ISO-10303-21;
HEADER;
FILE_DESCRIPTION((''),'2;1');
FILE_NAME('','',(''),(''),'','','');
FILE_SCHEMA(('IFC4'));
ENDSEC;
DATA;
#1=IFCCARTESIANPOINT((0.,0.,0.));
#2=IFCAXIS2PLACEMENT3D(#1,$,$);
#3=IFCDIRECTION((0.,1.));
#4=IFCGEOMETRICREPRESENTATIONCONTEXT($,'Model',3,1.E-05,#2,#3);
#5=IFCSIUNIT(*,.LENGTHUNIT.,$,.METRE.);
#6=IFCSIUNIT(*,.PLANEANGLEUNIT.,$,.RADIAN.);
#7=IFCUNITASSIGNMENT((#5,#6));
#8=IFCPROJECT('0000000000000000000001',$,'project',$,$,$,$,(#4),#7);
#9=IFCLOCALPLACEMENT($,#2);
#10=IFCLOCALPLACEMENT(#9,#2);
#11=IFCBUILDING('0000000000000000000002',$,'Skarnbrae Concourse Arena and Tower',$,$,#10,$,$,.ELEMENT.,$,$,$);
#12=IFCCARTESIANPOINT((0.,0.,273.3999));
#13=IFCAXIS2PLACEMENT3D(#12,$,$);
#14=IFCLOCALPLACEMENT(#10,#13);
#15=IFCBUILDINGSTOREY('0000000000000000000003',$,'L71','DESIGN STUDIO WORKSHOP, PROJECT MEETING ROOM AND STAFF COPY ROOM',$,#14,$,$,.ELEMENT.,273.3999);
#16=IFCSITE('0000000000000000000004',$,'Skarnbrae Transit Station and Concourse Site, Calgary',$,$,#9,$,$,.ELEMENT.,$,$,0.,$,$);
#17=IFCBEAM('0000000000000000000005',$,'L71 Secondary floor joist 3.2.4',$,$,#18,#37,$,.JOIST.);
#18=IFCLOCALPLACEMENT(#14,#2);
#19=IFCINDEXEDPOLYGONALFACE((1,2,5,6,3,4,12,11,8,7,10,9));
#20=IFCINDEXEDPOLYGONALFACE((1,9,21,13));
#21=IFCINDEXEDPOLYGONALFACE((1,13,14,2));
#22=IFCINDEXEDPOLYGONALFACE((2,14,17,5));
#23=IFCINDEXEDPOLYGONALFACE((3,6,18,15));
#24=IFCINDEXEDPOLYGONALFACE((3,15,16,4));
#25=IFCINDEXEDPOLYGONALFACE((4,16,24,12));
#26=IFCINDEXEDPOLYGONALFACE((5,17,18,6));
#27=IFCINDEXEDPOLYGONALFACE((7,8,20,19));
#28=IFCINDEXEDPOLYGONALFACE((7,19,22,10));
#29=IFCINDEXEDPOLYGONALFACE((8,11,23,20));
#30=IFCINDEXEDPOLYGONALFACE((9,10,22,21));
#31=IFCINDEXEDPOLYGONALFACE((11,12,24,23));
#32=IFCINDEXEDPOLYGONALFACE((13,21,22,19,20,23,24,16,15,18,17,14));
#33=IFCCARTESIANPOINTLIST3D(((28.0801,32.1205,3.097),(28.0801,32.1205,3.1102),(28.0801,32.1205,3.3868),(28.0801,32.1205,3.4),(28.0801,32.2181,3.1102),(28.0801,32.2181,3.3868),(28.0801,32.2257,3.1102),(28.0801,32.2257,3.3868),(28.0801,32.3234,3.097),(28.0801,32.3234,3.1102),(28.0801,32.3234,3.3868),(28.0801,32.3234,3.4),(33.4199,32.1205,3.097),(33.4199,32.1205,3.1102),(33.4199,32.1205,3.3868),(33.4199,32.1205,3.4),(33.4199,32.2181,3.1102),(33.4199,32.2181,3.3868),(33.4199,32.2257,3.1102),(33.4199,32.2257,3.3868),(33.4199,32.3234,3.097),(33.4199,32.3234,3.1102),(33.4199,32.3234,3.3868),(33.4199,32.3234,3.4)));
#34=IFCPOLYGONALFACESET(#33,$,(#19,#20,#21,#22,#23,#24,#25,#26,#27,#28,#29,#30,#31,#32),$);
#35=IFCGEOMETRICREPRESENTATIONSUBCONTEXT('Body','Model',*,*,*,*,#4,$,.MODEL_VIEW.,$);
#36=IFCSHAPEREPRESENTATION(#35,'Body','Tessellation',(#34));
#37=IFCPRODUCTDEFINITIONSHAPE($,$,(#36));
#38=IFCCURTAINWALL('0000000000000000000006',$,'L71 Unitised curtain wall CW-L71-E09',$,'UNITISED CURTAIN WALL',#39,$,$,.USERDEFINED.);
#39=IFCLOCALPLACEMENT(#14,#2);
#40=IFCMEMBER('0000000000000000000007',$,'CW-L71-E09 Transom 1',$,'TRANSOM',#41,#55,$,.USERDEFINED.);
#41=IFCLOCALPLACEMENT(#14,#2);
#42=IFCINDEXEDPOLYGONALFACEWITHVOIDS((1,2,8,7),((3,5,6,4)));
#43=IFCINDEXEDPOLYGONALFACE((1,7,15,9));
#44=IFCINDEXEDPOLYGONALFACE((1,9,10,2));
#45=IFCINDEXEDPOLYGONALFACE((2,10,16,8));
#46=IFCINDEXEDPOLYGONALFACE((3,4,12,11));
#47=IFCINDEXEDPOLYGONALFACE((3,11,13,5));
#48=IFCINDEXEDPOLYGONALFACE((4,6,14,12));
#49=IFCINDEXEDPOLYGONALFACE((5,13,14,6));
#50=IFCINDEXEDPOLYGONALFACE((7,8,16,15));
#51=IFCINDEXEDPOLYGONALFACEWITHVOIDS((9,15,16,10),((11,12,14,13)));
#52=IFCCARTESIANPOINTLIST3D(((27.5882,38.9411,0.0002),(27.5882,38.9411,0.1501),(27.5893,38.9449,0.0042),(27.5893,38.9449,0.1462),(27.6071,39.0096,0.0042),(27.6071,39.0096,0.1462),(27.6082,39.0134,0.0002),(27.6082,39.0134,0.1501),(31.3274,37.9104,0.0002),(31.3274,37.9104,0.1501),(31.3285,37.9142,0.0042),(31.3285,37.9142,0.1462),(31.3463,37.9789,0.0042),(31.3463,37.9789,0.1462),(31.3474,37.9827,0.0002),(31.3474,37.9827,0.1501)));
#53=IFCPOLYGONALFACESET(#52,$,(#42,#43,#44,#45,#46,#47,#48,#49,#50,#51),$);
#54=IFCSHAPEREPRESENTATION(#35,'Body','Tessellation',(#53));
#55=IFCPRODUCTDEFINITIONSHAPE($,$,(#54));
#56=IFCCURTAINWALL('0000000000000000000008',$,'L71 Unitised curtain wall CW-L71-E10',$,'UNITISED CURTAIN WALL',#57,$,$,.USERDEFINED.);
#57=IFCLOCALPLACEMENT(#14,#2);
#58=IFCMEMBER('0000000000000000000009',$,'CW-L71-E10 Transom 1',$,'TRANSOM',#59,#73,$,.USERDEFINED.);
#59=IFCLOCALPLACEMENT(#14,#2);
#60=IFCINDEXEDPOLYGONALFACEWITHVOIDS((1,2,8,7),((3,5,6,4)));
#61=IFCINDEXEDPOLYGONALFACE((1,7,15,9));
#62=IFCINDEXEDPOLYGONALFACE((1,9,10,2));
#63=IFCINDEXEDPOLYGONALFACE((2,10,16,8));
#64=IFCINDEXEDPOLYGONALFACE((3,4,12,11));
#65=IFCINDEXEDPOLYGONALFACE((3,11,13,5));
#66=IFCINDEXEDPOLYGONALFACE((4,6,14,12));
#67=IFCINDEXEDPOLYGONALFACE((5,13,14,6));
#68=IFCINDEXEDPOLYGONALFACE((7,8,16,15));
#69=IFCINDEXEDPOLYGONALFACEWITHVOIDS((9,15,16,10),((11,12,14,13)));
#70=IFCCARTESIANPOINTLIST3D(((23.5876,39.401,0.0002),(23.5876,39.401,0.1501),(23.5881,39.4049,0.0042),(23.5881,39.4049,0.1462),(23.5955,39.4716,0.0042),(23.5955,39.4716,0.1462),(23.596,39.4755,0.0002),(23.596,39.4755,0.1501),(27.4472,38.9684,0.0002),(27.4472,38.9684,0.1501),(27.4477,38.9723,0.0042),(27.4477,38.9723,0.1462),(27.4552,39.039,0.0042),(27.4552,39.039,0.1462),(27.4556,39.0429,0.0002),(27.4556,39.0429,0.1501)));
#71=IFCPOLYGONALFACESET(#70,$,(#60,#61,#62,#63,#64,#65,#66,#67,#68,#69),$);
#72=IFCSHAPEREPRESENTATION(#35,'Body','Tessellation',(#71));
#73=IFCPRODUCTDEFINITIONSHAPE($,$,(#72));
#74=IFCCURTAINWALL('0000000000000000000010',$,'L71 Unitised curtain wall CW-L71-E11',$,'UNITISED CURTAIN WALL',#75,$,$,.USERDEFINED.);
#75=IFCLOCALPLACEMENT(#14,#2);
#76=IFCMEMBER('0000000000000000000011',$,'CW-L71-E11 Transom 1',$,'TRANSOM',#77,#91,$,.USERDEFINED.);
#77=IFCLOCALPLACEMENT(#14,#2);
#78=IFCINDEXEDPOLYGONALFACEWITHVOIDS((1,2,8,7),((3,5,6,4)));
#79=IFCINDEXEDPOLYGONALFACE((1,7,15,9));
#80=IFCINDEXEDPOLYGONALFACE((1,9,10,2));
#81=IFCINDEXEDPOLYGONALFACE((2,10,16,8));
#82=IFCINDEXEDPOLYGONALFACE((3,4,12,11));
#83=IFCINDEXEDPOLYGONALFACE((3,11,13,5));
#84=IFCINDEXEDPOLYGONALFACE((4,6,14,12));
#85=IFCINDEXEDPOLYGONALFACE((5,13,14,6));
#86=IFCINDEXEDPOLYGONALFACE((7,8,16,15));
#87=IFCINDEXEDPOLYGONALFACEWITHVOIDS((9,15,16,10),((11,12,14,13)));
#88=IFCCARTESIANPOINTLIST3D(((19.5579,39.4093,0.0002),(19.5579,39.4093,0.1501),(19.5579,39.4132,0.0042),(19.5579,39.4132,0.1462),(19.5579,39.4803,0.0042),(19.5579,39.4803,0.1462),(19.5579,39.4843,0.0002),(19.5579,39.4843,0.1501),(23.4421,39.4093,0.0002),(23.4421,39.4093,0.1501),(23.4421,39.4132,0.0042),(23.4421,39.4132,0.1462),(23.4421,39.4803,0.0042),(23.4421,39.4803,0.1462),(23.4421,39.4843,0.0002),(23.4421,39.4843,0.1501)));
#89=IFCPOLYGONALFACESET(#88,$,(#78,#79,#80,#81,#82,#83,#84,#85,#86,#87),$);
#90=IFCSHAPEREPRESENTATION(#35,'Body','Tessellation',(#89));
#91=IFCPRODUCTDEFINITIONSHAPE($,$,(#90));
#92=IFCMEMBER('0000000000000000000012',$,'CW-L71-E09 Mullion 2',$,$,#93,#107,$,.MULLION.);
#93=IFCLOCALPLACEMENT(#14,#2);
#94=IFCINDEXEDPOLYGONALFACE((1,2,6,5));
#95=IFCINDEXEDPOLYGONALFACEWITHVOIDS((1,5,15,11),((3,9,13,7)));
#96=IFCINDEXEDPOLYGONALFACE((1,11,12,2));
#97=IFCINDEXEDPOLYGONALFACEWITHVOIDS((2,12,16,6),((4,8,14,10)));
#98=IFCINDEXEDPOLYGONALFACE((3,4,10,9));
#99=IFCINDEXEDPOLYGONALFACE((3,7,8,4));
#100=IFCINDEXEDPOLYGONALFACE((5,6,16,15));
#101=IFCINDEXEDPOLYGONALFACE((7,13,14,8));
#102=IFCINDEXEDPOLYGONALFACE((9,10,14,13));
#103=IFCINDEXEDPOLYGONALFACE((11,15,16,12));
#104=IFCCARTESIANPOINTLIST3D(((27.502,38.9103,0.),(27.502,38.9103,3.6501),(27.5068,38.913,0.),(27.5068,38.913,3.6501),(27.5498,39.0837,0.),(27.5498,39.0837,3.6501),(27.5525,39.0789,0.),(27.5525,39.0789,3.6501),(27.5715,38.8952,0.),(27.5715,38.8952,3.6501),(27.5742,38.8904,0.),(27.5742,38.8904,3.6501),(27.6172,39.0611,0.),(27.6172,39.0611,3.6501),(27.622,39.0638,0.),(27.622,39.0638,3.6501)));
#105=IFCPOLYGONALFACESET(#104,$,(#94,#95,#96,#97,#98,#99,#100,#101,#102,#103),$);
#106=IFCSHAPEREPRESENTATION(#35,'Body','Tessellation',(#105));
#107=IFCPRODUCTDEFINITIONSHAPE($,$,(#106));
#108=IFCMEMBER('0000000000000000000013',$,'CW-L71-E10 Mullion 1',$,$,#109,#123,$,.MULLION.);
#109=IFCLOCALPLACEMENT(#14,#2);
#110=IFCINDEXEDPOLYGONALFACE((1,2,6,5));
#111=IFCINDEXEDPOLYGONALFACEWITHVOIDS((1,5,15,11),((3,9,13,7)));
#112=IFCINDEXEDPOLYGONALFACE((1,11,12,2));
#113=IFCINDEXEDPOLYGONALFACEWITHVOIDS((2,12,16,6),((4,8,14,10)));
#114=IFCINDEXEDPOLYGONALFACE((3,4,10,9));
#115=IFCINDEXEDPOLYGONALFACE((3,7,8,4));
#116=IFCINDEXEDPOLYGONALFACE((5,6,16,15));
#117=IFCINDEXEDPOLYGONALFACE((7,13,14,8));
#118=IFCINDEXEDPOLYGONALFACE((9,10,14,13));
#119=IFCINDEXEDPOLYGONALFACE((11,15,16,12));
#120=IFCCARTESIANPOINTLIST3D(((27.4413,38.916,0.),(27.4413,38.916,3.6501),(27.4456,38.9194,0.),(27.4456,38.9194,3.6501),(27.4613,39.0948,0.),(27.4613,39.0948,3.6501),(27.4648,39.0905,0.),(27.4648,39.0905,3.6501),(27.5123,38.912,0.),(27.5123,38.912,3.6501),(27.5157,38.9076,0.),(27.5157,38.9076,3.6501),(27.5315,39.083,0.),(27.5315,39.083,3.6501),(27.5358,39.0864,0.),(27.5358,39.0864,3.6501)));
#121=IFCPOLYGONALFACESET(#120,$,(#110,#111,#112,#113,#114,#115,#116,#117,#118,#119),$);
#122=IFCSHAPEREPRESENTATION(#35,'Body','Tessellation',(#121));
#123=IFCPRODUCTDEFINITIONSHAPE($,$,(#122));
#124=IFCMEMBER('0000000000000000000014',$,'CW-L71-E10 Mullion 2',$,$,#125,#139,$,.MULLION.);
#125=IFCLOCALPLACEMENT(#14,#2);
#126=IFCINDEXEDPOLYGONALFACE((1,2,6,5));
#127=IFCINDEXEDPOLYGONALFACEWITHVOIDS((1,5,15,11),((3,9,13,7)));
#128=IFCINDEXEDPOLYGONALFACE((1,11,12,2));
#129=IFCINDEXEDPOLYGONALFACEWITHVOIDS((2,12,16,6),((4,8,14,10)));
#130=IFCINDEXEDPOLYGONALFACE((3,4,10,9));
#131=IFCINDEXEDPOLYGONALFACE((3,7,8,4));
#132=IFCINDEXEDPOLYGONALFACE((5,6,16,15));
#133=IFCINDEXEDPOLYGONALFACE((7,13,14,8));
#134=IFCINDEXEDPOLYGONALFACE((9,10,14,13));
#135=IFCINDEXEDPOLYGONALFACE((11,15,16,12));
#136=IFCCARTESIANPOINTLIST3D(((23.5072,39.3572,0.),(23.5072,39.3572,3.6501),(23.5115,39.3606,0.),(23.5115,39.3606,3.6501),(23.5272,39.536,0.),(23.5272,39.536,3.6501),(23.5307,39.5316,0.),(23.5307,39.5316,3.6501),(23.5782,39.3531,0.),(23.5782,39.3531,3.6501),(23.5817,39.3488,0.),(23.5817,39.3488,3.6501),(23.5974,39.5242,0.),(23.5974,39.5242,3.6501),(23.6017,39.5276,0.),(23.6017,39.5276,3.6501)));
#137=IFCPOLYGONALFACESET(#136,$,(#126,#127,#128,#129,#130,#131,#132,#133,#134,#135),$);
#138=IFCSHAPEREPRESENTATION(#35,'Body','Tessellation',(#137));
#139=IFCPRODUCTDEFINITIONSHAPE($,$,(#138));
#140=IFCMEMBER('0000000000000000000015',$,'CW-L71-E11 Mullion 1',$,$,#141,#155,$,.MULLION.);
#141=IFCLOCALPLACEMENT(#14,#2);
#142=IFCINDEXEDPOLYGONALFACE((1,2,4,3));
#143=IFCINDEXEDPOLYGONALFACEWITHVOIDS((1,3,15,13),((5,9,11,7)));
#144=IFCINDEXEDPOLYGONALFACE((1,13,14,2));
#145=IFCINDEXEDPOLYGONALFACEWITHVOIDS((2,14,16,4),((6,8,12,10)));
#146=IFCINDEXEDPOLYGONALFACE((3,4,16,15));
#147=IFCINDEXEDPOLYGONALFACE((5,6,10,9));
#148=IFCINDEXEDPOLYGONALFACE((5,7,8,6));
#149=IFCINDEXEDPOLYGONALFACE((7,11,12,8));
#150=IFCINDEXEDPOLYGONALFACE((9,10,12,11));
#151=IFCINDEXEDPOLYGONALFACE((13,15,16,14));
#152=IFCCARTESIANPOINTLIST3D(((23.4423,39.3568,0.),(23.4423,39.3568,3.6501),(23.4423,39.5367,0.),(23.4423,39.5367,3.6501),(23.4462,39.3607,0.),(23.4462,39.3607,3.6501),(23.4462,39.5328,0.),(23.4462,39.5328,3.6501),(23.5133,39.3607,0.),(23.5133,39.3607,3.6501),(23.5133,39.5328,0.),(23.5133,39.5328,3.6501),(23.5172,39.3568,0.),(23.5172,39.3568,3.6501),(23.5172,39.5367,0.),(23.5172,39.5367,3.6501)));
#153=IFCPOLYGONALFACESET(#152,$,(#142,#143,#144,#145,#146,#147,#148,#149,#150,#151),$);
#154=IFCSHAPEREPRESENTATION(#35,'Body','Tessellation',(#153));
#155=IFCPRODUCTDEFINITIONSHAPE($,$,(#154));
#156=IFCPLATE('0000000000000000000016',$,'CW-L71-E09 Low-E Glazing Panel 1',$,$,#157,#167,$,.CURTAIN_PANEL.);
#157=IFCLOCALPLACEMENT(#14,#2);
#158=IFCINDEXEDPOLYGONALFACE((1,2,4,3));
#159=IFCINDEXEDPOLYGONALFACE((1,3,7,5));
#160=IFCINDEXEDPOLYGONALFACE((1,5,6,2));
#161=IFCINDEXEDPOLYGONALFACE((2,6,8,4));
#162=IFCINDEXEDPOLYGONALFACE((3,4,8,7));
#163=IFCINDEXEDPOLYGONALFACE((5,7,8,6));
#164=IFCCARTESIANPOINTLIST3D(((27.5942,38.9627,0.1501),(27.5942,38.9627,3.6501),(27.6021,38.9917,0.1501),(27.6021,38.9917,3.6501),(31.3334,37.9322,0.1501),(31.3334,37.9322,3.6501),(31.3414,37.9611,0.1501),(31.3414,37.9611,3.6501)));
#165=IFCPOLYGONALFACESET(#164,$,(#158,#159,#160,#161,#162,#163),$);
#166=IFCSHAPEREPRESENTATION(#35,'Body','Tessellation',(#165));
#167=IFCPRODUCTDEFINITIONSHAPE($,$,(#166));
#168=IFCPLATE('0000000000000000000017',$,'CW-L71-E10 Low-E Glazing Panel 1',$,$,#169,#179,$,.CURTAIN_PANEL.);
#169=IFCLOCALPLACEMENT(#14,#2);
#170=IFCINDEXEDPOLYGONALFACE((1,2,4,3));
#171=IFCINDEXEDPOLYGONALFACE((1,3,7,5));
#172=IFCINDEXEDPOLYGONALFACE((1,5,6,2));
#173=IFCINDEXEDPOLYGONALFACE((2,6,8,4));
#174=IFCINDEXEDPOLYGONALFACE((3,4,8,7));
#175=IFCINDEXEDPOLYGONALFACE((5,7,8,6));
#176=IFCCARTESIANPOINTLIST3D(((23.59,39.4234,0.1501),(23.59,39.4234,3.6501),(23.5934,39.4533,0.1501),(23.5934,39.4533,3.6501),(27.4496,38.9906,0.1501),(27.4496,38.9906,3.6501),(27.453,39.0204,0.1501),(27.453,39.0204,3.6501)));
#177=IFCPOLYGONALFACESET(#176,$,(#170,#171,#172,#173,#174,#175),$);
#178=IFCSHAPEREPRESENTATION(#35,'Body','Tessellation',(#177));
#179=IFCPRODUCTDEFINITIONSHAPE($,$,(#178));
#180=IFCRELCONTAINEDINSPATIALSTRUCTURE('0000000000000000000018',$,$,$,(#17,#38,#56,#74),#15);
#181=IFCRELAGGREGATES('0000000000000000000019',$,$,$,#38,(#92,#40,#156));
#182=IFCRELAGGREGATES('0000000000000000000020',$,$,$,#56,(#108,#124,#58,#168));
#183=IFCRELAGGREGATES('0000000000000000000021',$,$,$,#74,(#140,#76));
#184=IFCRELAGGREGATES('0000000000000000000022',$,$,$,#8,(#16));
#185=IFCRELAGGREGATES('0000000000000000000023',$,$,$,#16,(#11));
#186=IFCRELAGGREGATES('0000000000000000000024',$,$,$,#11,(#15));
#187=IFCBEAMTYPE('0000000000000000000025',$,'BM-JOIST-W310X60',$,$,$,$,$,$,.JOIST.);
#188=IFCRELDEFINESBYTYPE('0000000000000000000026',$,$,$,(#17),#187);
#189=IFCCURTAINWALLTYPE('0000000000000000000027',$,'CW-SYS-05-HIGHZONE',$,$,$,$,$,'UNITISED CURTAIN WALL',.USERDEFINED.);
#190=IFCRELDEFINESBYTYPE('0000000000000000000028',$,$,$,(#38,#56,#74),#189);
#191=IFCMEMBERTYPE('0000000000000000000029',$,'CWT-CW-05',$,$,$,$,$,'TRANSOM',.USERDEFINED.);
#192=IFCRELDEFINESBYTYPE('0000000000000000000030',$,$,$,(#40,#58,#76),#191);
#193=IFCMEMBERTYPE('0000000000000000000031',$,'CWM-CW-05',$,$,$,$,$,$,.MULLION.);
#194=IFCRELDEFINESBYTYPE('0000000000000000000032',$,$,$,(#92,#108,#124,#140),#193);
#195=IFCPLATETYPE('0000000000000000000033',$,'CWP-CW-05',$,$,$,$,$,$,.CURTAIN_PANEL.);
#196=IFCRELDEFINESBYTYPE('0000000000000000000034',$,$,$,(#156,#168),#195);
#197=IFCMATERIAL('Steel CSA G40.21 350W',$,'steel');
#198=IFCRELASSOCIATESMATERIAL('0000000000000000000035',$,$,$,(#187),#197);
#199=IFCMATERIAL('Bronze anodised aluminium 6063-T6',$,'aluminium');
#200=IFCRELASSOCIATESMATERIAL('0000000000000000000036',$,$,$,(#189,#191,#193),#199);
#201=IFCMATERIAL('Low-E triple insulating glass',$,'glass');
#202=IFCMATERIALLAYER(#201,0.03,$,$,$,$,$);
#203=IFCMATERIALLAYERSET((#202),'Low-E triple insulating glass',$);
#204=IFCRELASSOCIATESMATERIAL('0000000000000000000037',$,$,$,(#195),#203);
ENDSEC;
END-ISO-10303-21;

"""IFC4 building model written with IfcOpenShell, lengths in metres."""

from ifc_helpers import new_model, si_unit, direction, frame, origin, origin_2d, place, context, subcontext, project, spatial, rectangle, hollow_rectangle, i_section, extrude, source, transform, mapped, material, layer, layer_set, material_profile, profile_set, type_object, element, aggregate, save


model = new_model("IFC4")

# Units and contexts
model_context = context("Model", 3, precision=1e-05, world=origin(), true_north=direction((0.0, 1.0)))
body_context = subcontext(model_context, "Body", "Model", "MODEL_VIEW")
ifc_project = project(units=[si_unit("LENGTHUNIT", "METRE"), si_unit("PLANEANGLEUNIT", "RADIAN")], contexts=[model_context])

# Site, building, storey
site_placement = place(None, origin())
site = spatial("IfcSite", under=ifc_project, at=site_placement, Name="Skarnbrae Transit Station and Concourse Site, Calgary", CompositionType="ELEMENT", RefElevation=0.0)
building_placement = place(site_placement, origin())
building = spatial("IfcBuilding", under=site, at=building_placement, Name="Skarnbrae Concourse Arena and Tower", CompositionType="ELEMENT")
storey_placement = place(building_placement, frame((0.0, 0.0, 273.3999)))
storey = spatial("IfcBuildingStorey", under=building, at=storey_placement, Name="L71", Description="DESIGN STUDIO WORKSHOP, PROJECT MEETING ROOM AND STAFF COPY ROOM", CompositionType="ELEMENT", Elevation=273.3999)

# Shared definitions
ifc_material_1 = material(Name="Steel CSA G40.21 350W", Category="steel")

# Beam
ifc_material_profile_1 = material_profile(ifc_material_1, i_section(OverallWidth=0.2029, OverallDepth=0.303, WebThickness=0.0076, FlangeThickness=0.0132, at=origin_2d()), Name="W310X60")
ifc_profile_set_1 = profile_set([ifc_material_profile_1], Name="Steel CSA G40.21 350W")
beam_type_1 = type_object("IfcBeamType", Name="BM-JOIST-W310X60", PredefinedType="JOIST", material=ifc_profile_set_1)
shared_shape_1 = source(origin(), body_context, "Body", "SweptSolid", [
    extrude(i_section(OverallWidth=0.2029, OverallDepth=0.303, WebThickness=0.0076, FlangeThickness=0.0132, at=origin_2d()), origin(), (0.0, 0.0, 1.0), 5.3398),
])
for number, where, z_axis, x_axis, name in (
    (1, (28.0801, 32.2219, 3.2485), (1.0, 0.0, 0.0), (0.0, 1.0, 0.0), "L71 Secondary floor joist 3.2.4"),
):
    element("IfcBeam", number, at=place(storey_placement, frame(where, z_axis=z_axis, x_axis=x_axis)), inside=storey, type_object=beam_type_1, Name=name, PredefinedType="JOIST", context=body_context, shape_type="MappedRepresentation", body=[
        mapped(shared_shape_1, transform((0.0, 0.0, 0.0))),
    ])

# Curtain walls, members
ifc_material_2 = material(Name="Bronze anodised aluminium 6063-T6", Category="aluminium")
curtain_wall_type = type_object("IfcCurtainWallType", Name="CW-SYS-05-HIGHZONE", ElementType="UNITISED CURTAIN WALL", PredefinedType="USERDEFINED", material=ifc_material_2)
curtain_wall_1_placement = place(storey_placement, origin())
curtain_wall_1 = element("IfcCurtainWall", 2, at=curtain_wall_1_placement, inside=storey, type_object=curtain_wall_type, Name="L71 Unitised curtain wall CW-L71-E09", ObjectType="UNITISED CURTAIN WALL", PredefinedType="USERDEFINED")
ifc_material_profile_2 = material_profile(ifc_material_2, hollow_rectangle(XDim=0.075, YDim=0.1499, WallThickness=0.0039, at=origin_2d()), Name="ALU-TRAN-75X150")
ifc_profile_set_2 = profile_set([ifc_material_profile_2], Name="Bronze anodised aluminium 6063-T6")
member_type_1 = type_object("IfcMemberType", Name="CWT-CW-05", ElementType="TRANSOM", PredefinedType="USERDEFINED", material=ifc_profile_set_2)
shared_shape_2 = source(origin(), body_context, "Body", "SweptSolid", [
    extrude(hollow_rectangle(XDim=0.075, YDim=0.1499, WallThickness=0.0039, at=origin_2d()), origin(), (0.0, 0.0, 1.0), 3.8787),
])
member_1_placement = place(storey_placement, frame((31.3374, 37.9465, 0.0752), z_axis=(-0.964043, 0.265747, 0.0), x_axis=(-0.265747, -0.964043, 0.0)))
member_1 = element("IfcMember", 3, at=member_1_placement, type_object=member_type_1, Name="CW-L71-E09 Transom 1", ObjectType="TRANSOM", PredefinedType="USERDEFINED", context=body_context, shape_type="MappedRepresentation", body=[
    mapped(shared_shape_2, transform((0.0, 0.0, 0.0))),
])
curtain_wall_2_placement = place(storey_placement, origin())
curtain_wall_2 = element("IfcCurtainWall", 4, at=curtain_wall_2_placement, inside=storey, type_object=curtain_wall_type, Name="L71 Unitised curtain wall CW-L71-E10", ObjectType="UNITISED CURTAIN WALL", PredefinedType="USERDEFINED")
shared_shape_3 = source(origin(), body_context, "Body", "SweptSolid", [
    extrude(hollow_rectangle(XDim=0.075, YDim=0.1499, WallThickness=0.0039, at=origin_2d()), origin(), (0.0, 0.0, 1.0), 3.8838),
])
member_2_placement = place(storey_placement, frame((27.4514, 39.0056, 0.0752), z_axis=(-0.993777, 0.11139, 0.0), x_axis=(-0.11139, -0.993777, 0.0)))
member_2 = element("IfcMember", 5, at=member_2_placement, type_object=member_type_1, Name="CW-L71-E10 Transom 1", ObjectType="TRANSOM", PredefinedType="USERDEFINED", context=body_context, shape_type="MappedRepresentation", body=[
    mapped(shared_shape_3, transform((0.0, 0.0, 0.0))),
])
curtain_wall_3_placement = place(storey_placement, origin())
curtain_wall_3 = element("IfcCurtainWall", 6, at=curtain_wall_3_placement, inside=storey, type_object=curtain_wall_type, Name="L71 Unitised curtain wall CW-L71-E11", ObjectType="UNITISED CURTAIN WALL", PredefinedType="USERDEFINED")
shared_shape_4 = source(origin(), body_context, "Body", "SweptSolid", [
    extrude(hollow_rectangle(XDim=0.075, YDim=0.1499, WallThickness=0.0039, at=origin_2d()), origin(), (0.0, 0.0, 1.0), 3.8843),
])
member_3_placement = place(storey_placement, frame((23.4421, 39.4468, 0.0752), z_axis=(-1.0, 0.0, 0.0), x_axis=(0.0, -1.0, 0.0)))
member_3 = element("IfcMember", 7, at=member_3_placement, type_object=member_type_1, Name="CW-L71-E11 Transom 1", ObjectType="TRANSOM", PredefinedType="USERDEFINED", context=body_context, shape_type="MappedRepresentation", body=[
    mapped(shared_shape_4, transform((0.0, 0.0, 0.0))),
])

# Members
ifc_material_profile_3 = material_profile(ifc_material_2, hollow_rectangle(XDim=0.075, YDim=0.1799, WallThickness=0.0039, at=origin_2d()), Name="ALU-MULL-75X180")
ifc_profile_set_3 = profile_set([ifc_material_profile_3], Name="Bronze anodised aluminium 6063-T6")
member_type_2 = type_object("IfcMemberType", Name="CWM-CW-05", PredefinedType="MULLION", material=ifc_profile_set_3)
shared_shape_5 = source(origin(), body_context, "Body", "SweptSolid", [
    extrude(hollow_rectangle(XDim=0.075, YDim=0.1799, WallThickness=0.0039, at=origin_2d()), origin(), (0.0, 0.0, 1.0), 3.6501),
])
member_4_placement = place(storey_placement, frame((27.562, 38.9871, 0.0), z_axis=(0.0, 0.0, 1.0), x_axis=(-0.964057, 0.265694, 0.0)))
member_4 = element("IfcMember", 8, at=member_4_placement, type_object=member_type_2, Name="CW-L71-E09 Mullion 2", PredefinedType="MULLION", context=body_context, shape_type="MappedRepresentation", body=[
    mapped(shared_shape_5, transform((0.0, 0.0, 0.0))),
])
member_5_placement = place(storey_placement, frame((27.4885, 39.0012, 0.0), z_axis=(0.0, 0.0, 1.0), x_axis=(-0.993769, 0.11146, 0.0)))
member_5 = element("IfcMember", 9, at=member_5_placement, type_object=member_type_2, Name="CW-L71-E10 Mullion 1", PredefinedType="MULLION", context=body_context, shape_type="MappedRepresentation", body=[
    mapped(shared_shape_5, transform((0.0, 0.0, 0.0))),
])
member_6_placement = place(storey_placement, frame((23.5544, 39.4424, 0.0), z_axis=(0.0, 0.0, 1.0), x_axis=(-0.993769, 0.11146, 0.0)))
member_6 = element("IfcMember", 10, at=member_6_placement, type_object=member_type_2, Name="CW-L71-E10 Mullion 2", PredefinedType="MULLION", context=body_context, shape_type="MappedRepresentation", body=[
    mapped(shared_shape_5, transform((0.0, 0.0, 0.0))),
])
member_7_placement = place(storey_placement, frame((23.4797, 39.4468, 0.0), z_axis=(0.0, 0.0, 1.0), x_axis=(-1.0, 0.0, 0.0)))
member_7 = element("IfcMember", 11, at=member_7_placement, type_object=member_type_2, Name="CW-L71-E11 Mullion 1", PredefinedType="MULLION", context=body_context, shape_type="MappedRepresentation", body=[
    mapped(shared_shape_5, transform((0.0, 0.0, 0.0))),
])

# Plates
ifc_material_3 = material(Name="Low-E triple insulating glass", Category="glass")
ifc_layer_1 = layer(ifc_material_3, 0.03)
ifc_layer_set_1 = layer_set([ifc_layer_1], Name="Low-E triple insulating glass")
plate_type = type_object("IfcPlateType", Name="CWP-CW-05", PredefinedType="CURTAIN_PANEL", material=ifc_layer_set_1)
shared_shape_6 = source(origin(), body_context, "Body", "SweptSolid", [
    extrude(rectangle(XDim=3.8787, YDim=0.03, at=origin_2d()), origin(), (0.0, 0.0, 1.0), 3.5),
])
plate_1_placement = place(storey_placement, frame((29.4678, 38.4619, 0.1501), z_axis=(0.0, 0.0, 1.0), x_axis=(-0.964057, 0.265694, 0.0)))
plate_1 = element("IfcPlate", 12, at=plate_1_placement, type_object=plate_type, Name="CW-L71-E09 Low-E Glazing Panel 1", PredefinedType="CURTAIN_PANEL", context=body_context, shape_type="MappedRepresentation", body=[
    mapped(shared_shape_6, transform((0.0, 0.0, 0.0))),
])
aggregate(curtain_wall_1, [member_4, member_1, plate_1])
shared_shape_7 = source(origin(), body_context, "Body", "SweptSolid", [
    extrude(rectangle(XDim=3.8838, YDim=0.03, at=origin_2d()), origin(), (0.0, 0.0, 1.0), 3.5),
])
plate_2_placement = place(storey_placement, frame((25.5215, 39.2219, 0.1501), z_axis=(0.0, 0.0, 1.0), x_axis=(-0.993769, 0.11146, 0.0)))
plate_2 = element("IfcPlate", 13, at=plate_2_placement, type_object=plate_type, Name="CW-L71-E10 Low-E Glazing Panel 1", PredefinedType="CURTAIN_PANEL", context=body_context, shape_type="MappedRepresentation", body=[
    mapped(shared_shape_7, transform((0.0, 0.0, 0.0))),
])
aggregate(curtain_wall_2, [member_5, member_6, member_2, plate_2])
aggregate(curtain_wall_3, [member_7, member_3])

save(model, "model.ifc")
